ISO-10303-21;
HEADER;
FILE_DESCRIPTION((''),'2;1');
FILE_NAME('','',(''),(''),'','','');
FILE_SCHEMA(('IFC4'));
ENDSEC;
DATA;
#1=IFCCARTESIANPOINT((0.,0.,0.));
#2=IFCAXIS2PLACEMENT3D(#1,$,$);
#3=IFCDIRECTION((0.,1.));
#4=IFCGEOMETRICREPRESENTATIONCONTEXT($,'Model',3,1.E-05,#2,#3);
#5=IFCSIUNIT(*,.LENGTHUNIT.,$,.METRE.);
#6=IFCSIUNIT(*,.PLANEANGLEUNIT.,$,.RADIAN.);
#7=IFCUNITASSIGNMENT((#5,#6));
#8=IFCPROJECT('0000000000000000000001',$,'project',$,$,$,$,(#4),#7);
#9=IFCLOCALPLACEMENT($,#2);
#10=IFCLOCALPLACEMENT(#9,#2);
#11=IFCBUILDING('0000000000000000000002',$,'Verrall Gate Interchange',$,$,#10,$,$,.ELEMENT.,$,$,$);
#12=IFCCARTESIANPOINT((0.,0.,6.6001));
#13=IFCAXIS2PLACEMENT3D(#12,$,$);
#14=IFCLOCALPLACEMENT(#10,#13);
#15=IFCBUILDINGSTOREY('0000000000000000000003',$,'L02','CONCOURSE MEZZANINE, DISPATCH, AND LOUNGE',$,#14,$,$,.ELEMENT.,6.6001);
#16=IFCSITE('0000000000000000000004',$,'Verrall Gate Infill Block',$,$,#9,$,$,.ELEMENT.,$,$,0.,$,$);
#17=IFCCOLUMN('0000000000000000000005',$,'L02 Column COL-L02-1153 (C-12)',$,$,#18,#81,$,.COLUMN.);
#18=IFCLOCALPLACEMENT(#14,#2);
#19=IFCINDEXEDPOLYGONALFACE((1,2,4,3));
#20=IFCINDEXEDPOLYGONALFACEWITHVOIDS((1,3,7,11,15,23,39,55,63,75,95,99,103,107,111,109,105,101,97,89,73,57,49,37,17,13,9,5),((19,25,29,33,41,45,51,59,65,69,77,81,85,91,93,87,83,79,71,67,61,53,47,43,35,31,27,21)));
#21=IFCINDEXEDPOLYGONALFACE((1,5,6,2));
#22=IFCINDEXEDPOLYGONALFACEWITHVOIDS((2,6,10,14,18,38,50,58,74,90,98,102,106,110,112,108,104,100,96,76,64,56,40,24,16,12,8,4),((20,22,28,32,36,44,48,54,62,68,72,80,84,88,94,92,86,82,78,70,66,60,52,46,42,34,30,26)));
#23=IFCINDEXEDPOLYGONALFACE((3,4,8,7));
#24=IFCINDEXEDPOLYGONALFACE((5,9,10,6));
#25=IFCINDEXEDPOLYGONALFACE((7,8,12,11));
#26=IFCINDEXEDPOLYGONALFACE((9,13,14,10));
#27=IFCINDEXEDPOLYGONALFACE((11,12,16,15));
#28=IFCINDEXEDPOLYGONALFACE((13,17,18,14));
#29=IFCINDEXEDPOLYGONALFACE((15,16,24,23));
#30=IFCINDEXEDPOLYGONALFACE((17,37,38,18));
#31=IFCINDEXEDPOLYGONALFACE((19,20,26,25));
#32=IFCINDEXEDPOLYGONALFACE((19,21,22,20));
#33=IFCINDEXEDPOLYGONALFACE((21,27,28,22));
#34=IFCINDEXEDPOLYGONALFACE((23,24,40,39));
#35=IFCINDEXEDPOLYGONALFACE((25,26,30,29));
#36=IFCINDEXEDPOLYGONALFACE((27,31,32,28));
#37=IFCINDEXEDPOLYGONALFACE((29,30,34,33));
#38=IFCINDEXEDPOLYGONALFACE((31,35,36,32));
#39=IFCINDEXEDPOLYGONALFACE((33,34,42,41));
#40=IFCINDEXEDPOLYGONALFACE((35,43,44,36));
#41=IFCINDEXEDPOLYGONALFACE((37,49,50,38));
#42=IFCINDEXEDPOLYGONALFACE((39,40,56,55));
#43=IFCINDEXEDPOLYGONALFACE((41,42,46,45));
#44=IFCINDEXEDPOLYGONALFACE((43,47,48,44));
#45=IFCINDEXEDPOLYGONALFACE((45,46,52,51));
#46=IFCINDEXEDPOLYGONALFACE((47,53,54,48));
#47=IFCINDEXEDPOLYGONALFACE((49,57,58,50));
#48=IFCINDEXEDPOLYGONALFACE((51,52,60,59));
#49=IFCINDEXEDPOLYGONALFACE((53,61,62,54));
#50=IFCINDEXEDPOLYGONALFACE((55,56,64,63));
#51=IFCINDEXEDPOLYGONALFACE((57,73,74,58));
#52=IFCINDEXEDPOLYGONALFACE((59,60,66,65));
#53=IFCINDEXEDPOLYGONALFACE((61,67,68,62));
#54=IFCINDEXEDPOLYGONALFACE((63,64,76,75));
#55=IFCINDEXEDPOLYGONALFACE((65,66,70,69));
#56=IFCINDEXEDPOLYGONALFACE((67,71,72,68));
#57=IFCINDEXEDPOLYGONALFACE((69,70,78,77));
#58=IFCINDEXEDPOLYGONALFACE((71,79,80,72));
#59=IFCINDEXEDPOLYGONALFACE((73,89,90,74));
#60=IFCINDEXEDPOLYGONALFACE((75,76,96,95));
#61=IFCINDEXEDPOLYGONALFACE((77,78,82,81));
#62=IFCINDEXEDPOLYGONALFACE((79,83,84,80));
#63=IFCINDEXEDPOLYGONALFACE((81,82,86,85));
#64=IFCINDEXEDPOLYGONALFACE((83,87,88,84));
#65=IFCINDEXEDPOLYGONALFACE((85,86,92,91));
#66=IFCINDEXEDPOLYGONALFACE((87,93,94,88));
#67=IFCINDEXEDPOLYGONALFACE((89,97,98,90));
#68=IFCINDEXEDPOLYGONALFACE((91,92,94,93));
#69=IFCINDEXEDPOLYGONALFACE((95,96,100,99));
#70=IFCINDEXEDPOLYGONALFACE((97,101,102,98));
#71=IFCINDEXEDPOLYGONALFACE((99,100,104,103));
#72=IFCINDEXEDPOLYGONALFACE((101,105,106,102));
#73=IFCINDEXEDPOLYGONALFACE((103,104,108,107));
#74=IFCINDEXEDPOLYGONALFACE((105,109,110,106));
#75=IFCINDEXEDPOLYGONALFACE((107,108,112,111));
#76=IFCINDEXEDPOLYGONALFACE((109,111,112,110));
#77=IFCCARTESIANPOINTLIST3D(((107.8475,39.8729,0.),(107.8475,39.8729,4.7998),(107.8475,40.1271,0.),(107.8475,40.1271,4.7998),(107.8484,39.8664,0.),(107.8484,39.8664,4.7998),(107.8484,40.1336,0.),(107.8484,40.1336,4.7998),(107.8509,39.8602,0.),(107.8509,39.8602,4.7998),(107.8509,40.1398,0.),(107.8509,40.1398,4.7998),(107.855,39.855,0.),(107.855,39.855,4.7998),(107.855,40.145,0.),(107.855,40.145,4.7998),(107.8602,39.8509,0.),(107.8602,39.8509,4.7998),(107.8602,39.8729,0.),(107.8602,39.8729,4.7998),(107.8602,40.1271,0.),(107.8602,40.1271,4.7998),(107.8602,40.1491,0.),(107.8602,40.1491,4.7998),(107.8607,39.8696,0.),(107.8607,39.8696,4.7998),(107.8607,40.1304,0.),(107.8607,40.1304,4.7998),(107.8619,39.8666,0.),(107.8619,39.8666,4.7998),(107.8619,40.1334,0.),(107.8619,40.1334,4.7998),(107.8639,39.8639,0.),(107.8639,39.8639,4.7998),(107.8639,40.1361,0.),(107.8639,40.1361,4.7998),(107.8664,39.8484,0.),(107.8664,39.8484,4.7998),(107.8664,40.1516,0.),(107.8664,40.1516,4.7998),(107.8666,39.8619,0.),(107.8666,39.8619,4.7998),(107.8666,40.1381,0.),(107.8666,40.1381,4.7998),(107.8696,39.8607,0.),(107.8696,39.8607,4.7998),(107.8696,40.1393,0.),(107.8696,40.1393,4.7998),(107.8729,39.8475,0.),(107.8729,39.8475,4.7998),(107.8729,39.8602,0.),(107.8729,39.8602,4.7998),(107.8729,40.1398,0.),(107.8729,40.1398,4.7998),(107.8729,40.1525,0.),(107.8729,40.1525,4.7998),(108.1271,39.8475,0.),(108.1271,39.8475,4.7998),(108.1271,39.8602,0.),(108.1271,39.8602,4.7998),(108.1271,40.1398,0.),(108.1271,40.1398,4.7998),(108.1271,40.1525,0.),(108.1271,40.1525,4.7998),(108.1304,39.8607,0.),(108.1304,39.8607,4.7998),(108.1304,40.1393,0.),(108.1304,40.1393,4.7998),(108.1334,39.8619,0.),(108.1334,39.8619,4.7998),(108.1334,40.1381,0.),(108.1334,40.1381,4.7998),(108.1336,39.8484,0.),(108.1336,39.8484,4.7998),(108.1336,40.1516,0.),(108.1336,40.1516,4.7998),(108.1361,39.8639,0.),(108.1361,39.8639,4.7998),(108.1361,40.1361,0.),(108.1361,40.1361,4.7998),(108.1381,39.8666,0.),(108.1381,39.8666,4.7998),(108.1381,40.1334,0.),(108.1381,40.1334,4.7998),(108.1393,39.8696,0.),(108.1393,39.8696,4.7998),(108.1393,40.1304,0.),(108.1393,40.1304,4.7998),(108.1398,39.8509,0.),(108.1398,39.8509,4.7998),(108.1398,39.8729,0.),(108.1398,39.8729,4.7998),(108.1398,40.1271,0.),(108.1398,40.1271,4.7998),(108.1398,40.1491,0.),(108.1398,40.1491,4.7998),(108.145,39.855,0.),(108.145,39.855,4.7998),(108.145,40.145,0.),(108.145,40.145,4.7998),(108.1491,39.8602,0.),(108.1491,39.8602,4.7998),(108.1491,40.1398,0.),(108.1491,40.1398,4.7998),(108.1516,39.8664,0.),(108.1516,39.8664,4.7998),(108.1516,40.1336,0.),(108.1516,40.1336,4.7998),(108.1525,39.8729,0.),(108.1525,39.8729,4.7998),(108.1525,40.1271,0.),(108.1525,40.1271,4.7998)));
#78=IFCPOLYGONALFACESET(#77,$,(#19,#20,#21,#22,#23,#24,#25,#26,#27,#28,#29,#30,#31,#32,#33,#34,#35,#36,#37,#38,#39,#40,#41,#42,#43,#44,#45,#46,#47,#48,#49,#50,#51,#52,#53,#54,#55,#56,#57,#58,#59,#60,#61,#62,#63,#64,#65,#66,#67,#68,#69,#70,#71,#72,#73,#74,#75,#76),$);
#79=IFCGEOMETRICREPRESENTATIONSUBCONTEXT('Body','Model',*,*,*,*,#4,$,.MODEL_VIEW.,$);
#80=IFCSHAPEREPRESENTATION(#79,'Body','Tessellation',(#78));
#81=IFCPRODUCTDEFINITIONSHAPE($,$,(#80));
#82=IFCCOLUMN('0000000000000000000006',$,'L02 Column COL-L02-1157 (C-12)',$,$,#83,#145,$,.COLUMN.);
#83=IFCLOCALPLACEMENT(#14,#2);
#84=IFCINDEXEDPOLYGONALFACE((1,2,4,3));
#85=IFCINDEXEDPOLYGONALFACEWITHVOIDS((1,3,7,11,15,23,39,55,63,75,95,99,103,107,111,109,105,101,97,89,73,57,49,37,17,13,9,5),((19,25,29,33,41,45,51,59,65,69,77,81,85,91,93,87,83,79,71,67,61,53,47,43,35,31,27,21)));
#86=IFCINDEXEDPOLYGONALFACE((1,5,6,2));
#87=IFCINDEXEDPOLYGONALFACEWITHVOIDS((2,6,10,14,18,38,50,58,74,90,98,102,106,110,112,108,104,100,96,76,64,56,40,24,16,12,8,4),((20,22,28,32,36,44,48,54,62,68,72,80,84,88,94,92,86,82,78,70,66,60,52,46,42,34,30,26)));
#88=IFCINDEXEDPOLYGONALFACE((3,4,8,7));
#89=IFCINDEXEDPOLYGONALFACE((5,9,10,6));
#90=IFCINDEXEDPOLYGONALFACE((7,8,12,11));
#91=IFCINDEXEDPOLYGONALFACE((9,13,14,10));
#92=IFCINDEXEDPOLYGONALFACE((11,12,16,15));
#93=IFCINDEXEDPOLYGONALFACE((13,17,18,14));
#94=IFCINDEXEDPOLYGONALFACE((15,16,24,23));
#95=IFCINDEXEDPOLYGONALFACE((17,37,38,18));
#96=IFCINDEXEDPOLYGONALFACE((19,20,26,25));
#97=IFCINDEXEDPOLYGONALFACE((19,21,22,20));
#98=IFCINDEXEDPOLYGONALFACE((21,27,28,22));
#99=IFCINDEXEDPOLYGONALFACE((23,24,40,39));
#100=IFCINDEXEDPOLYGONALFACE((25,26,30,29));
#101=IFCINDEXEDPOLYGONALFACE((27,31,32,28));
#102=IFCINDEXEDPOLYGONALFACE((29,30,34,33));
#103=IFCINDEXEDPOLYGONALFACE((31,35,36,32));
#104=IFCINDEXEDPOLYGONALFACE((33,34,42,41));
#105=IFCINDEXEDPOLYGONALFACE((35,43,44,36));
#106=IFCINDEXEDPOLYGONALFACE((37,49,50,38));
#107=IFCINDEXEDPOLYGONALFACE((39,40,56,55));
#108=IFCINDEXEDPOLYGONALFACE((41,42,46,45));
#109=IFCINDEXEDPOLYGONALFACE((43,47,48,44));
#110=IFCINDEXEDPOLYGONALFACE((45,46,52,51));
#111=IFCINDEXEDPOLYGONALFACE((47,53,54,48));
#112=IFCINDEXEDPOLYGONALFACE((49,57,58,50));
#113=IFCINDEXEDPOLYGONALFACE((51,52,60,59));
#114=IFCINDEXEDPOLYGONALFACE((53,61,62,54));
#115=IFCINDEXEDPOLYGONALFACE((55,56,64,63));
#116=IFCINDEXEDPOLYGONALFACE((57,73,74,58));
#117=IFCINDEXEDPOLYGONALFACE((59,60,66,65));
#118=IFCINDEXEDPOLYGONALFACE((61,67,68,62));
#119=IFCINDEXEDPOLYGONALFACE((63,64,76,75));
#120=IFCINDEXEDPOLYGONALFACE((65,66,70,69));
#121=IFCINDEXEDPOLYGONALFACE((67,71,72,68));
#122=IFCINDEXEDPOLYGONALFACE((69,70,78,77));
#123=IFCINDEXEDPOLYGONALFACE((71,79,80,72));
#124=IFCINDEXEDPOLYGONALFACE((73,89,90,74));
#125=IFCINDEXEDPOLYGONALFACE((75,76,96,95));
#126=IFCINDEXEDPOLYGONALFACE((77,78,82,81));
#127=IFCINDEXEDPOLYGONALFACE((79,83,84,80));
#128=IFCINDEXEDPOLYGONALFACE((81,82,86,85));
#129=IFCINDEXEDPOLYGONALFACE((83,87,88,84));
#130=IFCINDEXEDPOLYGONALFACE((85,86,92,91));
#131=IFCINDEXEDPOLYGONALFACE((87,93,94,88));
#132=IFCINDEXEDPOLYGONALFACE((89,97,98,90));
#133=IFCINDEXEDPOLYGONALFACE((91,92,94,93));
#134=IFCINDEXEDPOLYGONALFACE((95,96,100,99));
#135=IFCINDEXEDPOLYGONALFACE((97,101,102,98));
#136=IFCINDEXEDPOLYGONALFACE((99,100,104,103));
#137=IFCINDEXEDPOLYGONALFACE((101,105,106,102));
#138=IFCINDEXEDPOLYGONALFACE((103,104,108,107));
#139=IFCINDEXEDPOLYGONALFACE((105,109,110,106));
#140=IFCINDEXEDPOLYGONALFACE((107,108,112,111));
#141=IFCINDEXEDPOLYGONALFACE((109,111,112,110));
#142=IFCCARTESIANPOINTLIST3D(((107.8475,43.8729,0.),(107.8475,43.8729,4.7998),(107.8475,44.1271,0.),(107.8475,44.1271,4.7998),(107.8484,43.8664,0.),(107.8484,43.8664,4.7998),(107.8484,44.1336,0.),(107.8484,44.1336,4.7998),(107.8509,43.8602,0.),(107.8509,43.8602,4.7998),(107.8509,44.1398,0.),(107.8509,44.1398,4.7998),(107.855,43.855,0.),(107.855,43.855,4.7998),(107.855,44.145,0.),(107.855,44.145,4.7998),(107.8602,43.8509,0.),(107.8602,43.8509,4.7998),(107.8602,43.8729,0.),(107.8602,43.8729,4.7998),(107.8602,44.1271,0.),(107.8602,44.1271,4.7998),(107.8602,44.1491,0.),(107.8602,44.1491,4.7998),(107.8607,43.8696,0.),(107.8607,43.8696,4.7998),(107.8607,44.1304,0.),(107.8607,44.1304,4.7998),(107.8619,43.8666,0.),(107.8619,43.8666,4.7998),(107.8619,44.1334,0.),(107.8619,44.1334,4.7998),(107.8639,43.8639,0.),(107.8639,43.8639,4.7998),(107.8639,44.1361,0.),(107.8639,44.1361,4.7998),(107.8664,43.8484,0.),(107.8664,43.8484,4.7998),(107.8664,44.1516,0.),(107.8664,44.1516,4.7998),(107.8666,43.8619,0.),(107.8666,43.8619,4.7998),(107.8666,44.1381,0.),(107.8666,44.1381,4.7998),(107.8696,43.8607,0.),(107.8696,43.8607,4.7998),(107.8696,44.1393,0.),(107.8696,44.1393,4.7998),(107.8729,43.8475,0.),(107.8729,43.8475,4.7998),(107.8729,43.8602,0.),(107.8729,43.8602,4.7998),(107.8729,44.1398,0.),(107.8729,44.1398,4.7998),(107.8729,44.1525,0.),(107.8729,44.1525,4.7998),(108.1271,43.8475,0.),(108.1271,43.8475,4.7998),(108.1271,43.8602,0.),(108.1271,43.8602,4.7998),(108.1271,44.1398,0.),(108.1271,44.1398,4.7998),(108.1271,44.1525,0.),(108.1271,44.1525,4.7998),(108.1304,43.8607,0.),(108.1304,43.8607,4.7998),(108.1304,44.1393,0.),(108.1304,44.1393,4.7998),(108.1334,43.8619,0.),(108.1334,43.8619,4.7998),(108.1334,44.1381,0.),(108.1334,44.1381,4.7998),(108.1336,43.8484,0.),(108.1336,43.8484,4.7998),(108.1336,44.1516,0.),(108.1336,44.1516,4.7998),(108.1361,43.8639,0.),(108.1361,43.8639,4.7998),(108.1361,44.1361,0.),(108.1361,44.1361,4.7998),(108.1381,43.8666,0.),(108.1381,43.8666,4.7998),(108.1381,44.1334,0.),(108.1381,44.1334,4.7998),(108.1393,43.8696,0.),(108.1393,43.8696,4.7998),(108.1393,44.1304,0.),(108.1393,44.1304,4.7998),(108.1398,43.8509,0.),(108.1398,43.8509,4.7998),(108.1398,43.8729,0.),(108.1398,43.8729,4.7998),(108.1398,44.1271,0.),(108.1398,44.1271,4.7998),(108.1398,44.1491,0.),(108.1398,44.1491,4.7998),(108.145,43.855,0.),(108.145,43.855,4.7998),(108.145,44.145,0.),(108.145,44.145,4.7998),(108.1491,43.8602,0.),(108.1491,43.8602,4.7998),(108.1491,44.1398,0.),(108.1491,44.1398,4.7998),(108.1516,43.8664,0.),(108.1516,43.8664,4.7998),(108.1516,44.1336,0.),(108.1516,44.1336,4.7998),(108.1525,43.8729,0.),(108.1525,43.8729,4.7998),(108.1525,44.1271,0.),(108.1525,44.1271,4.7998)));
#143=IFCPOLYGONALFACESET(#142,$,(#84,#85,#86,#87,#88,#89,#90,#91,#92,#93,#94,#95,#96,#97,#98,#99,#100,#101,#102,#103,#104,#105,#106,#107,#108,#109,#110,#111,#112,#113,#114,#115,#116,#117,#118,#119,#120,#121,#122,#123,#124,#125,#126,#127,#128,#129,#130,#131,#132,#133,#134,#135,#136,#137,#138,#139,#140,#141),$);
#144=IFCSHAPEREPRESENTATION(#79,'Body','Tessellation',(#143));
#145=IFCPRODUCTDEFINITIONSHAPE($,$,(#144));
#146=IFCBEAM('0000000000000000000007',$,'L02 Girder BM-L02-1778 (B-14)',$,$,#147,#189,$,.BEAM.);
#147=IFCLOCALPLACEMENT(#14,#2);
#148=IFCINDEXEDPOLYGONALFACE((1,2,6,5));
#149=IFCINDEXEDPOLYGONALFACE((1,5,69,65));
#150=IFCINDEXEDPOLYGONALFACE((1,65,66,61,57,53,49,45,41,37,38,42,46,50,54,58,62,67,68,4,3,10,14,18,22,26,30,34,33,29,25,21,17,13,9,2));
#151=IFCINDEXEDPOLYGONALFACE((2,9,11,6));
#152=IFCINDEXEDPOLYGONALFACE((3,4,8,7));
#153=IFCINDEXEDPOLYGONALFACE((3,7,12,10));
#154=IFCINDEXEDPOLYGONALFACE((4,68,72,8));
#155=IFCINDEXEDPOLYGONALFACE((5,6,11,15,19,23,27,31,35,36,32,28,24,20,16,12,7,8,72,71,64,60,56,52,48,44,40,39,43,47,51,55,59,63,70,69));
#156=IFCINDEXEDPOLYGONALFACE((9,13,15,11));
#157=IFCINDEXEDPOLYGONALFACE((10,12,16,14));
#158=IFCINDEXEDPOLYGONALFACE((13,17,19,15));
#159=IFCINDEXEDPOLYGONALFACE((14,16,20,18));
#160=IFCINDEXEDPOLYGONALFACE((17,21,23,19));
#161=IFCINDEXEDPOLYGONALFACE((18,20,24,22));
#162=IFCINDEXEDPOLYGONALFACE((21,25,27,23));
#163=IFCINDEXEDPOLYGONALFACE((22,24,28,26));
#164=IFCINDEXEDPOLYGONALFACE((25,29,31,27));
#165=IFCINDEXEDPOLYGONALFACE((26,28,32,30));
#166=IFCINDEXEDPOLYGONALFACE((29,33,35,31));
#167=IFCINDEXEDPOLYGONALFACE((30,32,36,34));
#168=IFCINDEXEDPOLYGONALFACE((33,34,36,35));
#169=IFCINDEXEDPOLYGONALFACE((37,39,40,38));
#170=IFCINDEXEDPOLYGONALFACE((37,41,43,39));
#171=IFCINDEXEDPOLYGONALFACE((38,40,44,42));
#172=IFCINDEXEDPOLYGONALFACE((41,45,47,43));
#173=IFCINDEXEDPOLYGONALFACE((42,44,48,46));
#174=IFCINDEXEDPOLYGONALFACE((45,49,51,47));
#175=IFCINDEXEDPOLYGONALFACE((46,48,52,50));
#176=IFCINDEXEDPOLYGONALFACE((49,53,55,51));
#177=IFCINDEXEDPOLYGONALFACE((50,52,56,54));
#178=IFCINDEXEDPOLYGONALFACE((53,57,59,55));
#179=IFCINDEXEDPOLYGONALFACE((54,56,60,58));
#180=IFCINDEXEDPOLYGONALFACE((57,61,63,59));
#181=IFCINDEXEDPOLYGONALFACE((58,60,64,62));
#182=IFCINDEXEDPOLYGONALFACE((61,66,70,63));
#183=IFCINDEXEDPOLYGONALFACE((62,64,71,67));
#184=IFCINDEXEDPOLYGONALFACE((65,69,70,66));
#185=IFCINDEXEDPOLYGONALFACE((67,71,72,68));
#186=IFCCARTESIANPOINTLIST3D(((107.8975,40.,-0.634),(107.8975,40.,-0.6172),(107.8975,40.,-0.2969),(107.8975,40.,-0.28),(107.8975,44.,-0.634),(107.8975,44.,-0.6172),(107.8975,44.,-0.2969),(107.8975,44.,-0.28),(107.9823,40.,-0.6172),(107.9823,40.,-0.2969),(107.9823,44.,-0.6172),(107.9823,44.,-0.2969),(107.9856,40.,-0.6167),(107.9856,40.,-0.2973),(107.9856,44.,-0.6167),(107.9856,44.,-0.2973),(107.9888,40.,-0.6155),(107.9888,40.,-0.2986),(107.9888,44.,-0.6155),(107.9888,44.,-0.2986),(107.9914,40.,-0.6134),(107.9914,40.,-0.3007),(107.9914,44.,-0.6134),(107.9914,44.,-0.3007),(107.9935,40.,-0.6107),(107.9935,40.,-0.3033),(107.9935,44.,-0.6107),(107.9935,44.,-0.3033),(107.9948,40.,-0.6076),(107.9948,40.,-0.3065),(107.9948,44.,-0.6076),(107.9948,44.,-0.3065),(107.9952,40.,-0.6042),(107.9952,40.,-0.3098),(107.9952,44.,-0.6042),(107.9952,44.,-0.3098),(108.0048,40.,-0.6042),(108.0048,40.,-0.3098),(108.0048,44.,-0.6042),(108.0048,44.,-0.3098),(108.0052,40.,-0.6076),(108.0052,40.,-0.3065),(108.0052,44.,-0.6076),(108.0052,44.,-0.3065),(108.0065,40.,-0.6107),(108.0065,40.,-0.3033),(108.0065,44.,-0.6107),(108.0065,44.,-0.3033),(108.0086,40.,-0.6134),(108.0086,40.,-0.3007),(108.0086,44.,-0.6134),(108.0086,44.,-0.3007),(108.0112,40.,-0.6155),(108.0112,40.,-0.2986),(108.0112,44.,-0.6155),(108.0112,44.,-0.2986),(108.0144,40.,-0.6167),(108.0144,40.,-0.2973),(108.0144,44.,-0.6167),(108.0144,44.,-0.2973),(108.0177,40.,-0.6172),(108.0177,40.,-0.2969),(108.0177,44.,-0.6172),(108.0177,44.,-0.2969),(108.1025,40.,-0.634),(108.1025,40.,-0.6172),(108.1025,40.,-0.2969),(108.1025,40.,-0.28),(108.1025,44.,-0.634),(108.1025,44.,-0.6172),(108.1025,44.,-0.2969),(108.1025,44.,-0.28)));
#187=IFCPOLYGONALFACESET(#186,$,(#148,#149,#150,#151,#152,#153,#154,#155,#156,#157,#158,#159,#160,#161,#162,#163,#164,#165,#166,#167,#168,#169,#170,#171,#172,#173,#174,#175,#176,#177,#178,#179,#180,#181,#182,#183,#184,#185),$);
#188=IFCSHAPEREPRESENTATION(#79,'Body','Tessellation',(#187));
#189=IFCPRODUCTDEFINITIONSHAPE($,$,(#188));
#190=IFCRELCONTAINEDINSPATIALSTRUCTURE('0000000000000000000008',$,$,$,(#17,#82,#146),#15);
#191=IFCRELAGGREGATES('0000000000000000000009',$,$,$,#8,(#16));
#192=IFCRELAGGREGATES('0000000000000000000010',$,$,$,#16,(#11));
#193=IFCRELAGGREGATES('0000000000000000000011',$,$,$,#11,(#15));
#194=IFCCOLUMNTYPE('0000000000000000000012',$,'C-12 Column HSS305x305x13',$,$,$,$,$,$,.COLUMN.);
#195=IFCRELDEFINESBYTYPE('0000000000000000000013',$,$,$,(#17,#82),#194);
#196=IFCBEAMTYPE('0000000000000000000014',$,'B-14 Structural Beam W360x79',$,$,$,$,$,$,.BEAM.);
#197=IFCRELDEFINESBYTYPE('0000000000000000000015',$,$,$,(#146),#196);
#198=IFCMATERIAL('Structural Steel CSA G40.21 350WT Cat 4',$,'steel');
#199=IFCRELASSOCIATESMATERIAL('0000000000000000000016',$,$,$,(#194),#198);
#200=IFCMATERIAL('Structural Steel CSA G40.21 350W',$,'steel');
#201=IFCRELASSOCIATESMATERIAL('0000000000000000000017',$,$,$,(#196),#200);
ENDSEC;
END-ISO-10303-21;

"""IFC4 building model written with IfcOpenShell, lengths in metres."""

from ifc_helpers import new_model, si_unit, direction, frame, origin, origin_2d, place, context, subcontext, project, spatial, hollow_rectangle, i_section, extrude, material, material_profile, profile_set, type_object, element, save


model = new_model("IFC4")

# Units and contexts
model_context = context("Model", 3, precision=1e-05, world=origin(), true_north=direction((0.0, 1.0)))
body_context = subcontext(model_context, "Body", "Model", "MODEL_VIEW")
ifc_project = project(units=[si_unit("LENGTHUNIT", "METRE"), si_unit("PLANEANGLEUNIT", "RADIAN")], contexts=[model_context])

# Site, building, storey
site_placement = place(None, origin())
site = spatial("IfcSite", under=ifc_project, at=site_placement, Name="Verrall Gate Infill Block", CompositionType="ELEMENT", RefElevation=0.0)
building_placement = place(site_placement, origin())
building = spatial("IfcBuilding", under=site, at=building_placement, Name="Verrall Gate Interchange", CompositionType="ELEMENT")
storey_placement = place(building_placement, frame((0.0, 0.0, 6.6001)))
storey = spatial("IfcBuildingStorey", under=building, at=storey_placement, Name="L02", Description="CONCOURSE MEZZANINE, DISPATCH, AND LOUNGE", CompositionType="ELEMENT", Elevation=6.6001)

# Columns
ifc_material_1 = material(Name="Structural Steel CSA G40.21 350WT Cat 4", Category="steel")
ifc_material_profile_1 = material_profile(ifc_material_1, hollow_rectangle(XDim=0.3049, YDim=0.3049, WallThickness=0.0127, InnerFilletRadius=0.0127, OuterFilletRadius=0.0254, at=origin_2d()), Name="HSS305x305x13")
ifc_profile_set_1 = profile_set([ifc_material_profile_1], Name="Structural Steel CSA G40.21 350WT Cat 4")
column_type = type_object("IfcColumnType", Name="C-12 Column HSS305x305x13", PredefinedType="COLUMN", material=ifc_profile_set_1)
for number, where, z_axis, x_axis, name in (
    (1, (108.0, 40.0, 0.0), (0.0, 0.0, 1.0), (1.0, 0.0, 0.0), "L02 Column COL-L02-1153 (C-12)"),
    (2, (108.0, 44.0, 0.0), (0.0, 0.0, 1.0), (1.0, 0.0, 0.0), "L02 Column COL-L02-1157 (C-12)"),
):
    element("IfcColumn", number, at=place(storey_placement, frame(where, z_axis=z_axis, x_axis=x_axis)), inside=storey, type_object=column_type, Name=name, PredefinedType="COLUMN", context=body_context, shape_type="SweptSolid", body=[
        extrude(hollow_rectangle(XDim=0.3049, YDim=0.3049, WallThickness=0.0127, InnerFilletRadius=0.0127, OuterFilletRadius=0.0254, at=origin_2d()), origin(), (0.0, 0.0, 1.0), 4.7998),
    ])

# Beam
ifc_material_2 = material(Name="Structural Steel CSA G40.21 350W", Category="steel")
ifc_material_profile_2 = material_profile(ifc_material_2, i_section(OverallWidth=0.2051, OverallDepth=0.354, WebThickness=0.0095, FlangeThickness=0.0168, FilletRadius=0.0129, at=origin_2d()), Name="W360x79")
ifc_profile_set_2 = profile_set([ifc_material_profile_2], Name="Structural Steel CSA G40.21 350W")
beam_type = type_object("IfcBeamType", Name="B-14 Structural Beam W360x79", PredefinedType="BEAM", material=ifc_profile_set_2)
beam_placement = place(storey_placement, frame((108.0, 40.0, -0.457), z_axis=(0.0, 1.0, 0.0), x_axis=(-1.0, 0.0, 0.0)))
element("IfcBeam", 3, at=beam_placement, inside=storey, type_object=beam_type, Name="L02 Girder BM-L02-1778 (B-14)", PredefinedType="BEAM", context=body_context, shape_type="SweptSolid", body=[
    extrude(i_section(OverallWidth=0.2051, OverallDepth=0.354, WebThickness=0.0095, FlangeThickness=0.0168, FilletRadius=0.0129, at=origin_2d()), origin(), (0.0, 0.0, 1.0), 4.0),
])

save(model, "model.ifc")
